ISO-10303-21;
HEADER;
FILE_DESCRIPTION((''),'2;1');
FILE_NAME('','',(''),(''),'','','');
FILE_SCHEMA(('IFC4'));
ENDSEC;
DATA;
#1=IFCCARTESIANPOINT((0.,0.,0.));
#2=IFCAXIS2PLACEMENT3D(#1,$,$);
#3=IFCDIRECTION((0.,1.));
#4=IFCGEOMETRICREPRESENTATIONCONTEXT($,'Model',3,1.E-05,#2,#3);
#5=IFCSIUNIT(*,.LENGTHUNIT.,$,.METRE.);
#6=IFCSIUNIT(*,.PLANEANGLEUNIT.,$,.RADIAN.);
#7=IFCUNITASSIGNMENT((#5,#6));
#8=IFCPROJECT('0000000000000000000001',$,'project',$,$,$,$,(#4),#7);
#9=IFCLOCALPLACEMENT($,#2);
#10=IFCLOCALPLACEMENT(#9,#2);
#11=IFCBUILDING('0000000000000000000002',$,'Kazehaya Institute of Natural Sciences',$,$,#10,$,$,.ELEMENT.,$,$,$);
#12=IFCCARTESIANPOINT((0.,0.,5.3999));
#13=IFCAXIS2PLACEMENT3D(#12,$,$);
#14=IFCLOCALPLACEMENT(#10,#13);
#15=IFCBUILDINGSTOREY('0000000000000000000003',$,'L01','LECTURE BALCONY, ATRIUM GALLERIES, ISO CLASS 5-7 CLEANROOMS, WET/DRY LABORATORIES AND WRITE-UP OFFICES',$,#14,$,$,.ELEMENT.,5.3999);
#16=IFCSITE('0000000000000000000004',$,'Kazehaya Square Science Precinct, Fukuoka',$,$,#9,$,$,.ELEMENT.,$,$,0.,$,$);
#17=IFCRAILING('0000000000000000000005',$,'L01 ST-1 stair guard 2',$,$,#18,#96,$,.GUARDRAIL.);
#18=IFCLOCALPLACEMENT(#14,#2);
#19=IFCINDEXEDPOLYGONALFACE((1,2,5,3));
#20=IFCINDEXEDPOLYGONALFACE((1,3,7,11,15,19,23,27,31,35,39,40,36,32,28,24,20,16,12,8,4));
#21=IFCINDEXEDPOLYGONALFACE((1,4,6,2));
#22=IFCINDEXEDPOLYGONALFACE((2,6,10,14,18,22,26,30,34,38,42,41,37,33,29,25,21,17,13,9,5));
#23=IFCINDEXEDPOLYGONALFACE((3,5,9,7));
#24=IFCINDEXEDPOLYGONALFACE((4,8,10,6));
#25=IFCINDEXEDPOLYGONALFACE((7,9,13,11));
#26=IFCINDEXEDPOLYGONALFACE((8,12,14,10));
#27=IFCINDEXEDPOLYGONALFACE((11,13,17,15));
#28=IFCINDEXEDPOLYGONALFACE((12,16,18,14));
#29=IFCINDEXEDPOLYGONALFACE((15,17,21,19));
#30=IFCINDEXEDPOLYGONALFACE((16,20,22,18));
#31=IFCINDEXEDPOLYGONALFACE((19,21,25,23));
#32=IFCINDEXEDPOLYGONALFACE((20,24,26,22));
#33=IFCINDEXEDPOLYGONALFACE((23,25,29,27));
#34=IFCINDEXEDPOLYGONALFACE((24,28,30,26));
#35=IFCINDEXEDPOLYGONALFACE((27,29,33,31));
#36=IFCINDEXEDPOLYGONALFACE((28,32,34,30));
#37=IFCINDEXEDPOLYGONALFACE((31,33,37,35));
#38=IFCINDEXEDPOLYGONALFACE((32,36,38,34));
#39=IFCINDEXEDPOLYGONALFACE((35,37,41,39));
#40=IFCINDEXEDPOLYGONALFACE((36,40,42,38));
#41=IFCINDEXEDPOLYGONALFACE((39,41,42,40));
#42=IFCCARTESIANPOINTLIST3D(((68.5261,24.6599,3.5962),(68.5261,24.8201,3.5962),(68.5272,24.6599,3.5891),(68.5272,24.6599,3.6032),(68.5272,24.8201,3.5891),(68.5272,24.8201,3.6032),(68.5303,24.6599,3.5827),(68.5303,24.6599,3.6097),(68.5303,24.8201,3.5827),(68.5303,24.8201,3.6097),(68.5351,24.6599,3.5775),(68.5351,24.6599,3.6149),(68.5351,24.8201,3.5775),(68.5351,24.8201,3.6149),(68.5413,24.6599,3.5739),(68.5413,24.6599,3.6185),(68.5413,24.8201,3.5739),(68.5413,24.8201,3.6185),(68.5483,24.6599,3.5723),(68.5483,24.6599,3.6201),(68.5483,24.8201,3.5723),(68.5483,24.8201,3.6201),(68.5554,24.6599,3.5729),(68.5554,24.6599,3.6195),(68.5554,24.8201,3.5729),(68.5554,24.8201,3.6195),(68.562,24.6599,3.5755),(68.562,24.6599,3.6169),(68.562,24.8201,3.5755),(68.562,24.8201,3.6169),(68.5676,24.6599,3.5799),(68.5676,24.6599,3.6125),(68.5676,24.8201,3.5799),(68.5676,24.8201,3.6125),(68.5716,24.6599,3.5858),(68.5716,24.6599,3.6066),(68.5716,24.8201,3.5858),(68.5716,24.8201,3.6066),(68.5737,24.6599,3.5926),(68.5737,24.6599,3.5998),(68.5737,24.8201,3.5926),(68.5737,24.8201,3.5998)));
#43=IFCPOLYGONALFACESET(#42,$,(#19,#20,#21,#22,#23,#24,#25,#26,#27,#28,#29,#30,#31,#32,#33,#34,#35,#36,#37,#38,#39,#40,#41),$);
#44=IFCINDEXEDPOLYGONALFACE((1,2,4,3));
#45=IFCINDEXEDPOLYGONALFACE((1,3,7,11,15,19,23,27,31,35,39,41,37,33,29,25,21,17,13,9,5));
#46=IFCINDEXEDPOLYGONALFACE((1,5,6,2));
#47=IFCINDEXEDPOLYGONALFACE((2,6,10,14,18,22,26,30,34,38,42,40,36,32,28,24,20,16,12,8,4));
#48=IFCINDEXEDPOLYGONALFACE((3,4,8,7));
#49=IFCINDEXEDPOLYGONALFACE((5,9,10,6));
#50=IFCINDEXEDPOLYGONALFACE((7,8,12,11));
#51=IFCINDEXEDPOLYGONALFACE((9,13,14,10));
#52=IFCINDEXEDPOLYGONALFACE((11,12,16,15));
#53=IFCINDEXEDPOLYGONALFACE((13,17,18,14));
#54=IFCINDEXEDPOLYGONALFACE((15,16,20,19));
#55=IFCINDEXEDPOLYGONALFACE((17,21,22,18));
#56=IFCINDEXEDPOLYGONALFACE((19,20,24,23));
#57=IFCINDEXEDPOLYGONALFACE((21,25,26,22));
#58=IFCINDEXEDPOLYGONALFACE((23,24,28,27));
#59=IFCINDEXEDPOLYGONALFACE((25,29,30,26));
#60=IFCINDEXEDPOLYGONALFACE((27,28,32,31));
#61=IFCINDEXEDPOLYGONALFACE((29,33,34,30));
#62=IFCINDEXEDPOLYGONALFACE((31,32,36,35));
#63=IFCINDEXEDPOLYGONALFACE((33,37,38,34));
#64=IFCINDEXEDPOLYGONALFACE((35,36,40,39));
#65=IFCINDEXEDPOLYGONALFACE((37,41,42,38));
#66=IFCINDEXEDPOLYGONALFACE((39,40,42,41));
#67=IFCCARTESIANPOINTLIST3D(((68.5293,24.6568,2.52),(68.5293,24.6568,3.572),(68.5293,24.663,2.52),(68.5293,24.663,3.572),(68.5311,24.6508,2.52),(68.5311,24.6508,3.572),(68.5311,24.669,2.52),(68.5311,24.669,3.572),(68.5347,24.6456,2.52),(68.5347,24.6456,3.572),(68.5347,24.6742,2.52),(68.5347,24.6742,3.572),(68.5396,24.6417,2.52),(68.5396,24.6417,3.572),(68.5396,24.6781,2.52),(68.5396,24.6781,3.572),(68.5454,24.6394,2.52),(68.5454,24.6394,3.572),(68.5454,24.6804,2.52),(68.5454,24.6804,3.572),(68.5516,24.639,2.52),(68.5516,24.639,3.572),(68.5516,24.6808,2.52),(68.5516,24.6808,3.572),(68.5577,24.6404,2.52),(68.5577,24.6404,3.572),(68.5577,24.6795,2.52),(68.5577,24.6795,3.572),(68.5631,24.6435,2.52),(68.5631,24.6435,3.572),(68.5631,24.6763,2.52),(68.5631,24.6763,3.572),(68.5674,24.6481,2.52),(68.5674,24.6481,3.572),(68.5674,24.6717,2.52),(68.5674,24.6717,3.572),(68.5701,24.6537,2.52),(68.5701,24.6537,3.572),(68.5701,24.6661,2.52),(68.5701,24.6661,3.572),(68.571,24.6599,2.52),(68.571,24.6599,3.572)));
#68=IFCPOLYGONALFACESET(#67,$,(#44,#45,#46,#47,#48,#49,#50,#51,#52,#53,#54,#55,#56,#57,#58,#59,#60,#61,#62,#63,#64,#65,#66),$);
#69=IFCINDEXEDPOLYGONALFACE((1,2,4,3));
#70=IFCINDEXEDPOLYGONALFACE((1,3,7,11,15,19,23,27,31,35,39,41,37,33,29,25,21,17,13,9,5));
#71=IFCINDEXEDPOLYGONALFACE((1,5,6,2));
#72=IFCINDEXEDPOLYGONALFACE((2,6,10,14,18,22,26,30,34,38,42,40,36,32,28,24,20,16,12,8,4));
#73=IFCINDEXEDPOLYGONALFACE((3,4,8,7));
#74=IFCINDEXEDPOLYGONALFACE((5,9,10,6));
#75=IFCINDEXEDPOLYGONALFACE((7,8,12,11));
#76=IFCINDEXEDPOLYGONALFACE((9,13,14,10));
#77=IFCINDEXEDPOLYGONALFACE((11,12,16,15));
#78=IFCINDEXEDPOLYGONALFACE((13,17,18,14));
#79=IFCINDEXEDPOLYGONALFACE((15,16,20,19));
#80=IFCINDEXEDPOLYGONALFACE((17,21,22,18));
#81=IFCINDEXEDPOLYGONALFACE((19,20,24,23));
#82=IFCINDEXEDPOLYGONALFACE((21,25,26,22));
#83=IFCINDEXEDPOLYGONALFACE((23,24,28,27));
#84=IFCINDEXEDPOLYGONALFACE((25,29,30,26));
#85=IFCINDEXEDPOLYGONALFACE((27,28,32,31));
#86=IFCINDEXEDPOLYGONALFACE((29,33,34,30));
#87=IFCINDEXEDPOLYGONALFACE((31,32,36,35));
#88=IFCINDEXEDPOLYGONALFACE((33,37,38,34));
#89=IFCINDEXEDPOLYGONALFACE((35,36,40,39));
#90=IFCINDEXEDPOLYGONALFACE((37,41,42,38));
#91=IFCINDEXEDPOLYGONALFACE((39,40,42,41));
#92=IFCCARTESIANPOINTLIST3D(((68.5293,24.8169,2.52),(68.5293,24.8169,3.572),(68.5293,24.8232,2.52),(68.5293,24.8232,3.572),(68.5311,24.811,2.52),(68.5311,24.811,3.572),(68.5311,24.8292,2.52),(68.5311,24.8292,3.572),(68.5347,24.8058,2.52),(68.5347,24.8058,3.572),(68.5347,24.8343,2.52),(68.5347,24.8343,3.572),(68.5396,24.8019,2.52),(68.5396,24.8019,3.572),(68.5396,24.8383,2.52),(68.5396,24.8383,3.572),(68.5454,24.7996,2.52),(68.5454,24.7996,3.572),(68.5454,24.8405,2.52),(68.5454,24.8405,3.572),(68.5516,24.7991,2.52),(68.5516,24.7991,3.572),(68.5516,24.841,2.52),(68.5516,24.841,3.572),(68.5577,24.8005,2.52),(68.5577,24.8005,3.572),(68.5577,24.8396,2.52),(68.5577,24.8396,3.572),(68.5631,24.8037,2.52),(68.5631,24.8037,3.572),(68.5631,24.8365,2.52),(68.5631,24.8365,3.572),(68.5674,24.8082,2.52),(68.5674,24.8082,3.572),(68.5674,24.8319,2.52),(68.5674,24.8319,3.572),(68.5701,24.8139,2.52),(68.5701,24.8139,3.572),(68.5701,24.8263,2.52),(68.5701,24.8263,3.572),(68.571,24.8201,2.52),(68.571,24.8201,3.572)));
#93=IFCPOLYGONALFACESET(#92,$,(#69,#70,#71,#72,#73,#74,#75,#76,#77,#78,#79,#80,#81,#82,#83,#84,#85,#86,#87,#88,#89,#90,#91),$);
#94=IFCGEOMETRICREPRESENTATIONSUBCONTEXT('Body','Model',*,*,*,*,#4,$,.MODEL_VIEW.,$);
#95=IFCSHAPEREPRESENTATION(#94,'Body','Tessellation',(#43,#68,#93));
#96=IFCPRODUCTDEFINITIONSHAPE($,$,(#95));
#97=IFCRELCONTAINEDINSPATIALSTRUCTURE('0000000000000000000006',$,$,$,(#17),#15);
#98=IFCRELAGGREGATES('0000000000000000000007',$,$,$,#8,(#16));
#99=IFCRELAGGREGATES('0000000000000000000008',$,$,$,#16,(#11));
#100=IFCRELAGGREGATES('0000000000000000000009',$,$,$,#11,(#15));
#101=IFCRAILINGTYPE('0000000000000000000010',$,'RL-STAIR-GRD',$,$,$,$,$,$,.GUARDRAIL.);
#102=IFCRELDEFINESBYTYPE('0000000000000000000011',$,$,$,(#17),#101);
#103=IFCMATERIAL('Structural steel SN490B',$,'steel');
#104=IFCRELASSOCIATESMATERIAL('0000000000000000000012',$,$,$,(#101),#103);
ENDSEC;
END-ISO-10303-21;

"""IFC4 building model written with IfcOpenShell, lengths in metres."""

from ifc_helpers import new_model, si_unit, direction, frame, origin, origin_2d, place, context, subcontext, project, spatial, circle, extrude, material, type_object, element, save


model = new_model("IFC4")

# Units and contexts
model_context = context("Model", 3, precision=1e-05, world=origin(), true_north=direction((0.0, 1.0)))
body_context = subcontext(model_context, "Body", "Model", "MODEL_VIEW")
ifc_project = project(units=[si_unit("LENGTHUNIT", "METRE"), si_unit("PLANEANGLEUNIT", "RADIAN")], contexts=[model_context])

# Site, building, storey
site_placement = place(None, origin())
site = spatial("IfcSite", under=ifc_project, at=site_placement, Name="Kazehaya Square Science Precinct, Fukuoka", CompositionType="ELEMENT", RefElevation=0.0)
building_placement = place(site_placement, origin())
building = spatial("IfcBuilding", under=site, at=building_placement, Name="Kazehaya Institute of Natural Sciences", CompositionType="ELEMENT")
storey_placement = place(building_placement, frame((0.0, 0.0, 5.3999)))
storey = spatial("IfcBuildingStorey", under=building, at=storey_placement, Name="L01", Description="LECTURE BALCONY, ATRIUM GALLERIES, ISO CLASS 5-7 CLEANROOMS, WET/DRY LABORATORIES AND WRITE-UP OFFICES", CompositionType="ELEMENT", Elevation=5.3999)

# Railing
ifc_material_1 = material(Name="Structural steel SN490B", Category="steel")
railing_type_1 = type_object("IfcRailingType", Name="RL-STAIR-GRD", PredefinedType="GUARDRAIL", material=ifc_material_1)
railing_1_placement = place(storey_placement, frame((68.55, 24.6599, 2.52)))
element("IfcRailing", 1, at=railing_1_placement, inside=storey, type_object=railing_type_1, Name="L01 ST-1 stair guard 2", PredefinedType="GUARDRAIL", context=body_context, shape_type="SweptSolid", body=[
    extrude(circle(Radius=0.0239, at=origin_2d()), frame((0.0, 0.0, 1.0762), z_axis=(0.0, 1.0, 0.0), x_axis=(-1.0, 0.0, 0.0)), (0.0, 0.0, 1.0), 0.1602),
    extrude(circle(Radius=0.021, at=origin_2d()), origin(), (0.0, 0.0, 1.0), 1.052),
    extrude(circle(Radius=0.021, at=origin_2d()), frame((0.0, 0.1602, 0.0)), (0.0, 0.0, 1.0), 1.052),
])

save(model, "model.ifc")
